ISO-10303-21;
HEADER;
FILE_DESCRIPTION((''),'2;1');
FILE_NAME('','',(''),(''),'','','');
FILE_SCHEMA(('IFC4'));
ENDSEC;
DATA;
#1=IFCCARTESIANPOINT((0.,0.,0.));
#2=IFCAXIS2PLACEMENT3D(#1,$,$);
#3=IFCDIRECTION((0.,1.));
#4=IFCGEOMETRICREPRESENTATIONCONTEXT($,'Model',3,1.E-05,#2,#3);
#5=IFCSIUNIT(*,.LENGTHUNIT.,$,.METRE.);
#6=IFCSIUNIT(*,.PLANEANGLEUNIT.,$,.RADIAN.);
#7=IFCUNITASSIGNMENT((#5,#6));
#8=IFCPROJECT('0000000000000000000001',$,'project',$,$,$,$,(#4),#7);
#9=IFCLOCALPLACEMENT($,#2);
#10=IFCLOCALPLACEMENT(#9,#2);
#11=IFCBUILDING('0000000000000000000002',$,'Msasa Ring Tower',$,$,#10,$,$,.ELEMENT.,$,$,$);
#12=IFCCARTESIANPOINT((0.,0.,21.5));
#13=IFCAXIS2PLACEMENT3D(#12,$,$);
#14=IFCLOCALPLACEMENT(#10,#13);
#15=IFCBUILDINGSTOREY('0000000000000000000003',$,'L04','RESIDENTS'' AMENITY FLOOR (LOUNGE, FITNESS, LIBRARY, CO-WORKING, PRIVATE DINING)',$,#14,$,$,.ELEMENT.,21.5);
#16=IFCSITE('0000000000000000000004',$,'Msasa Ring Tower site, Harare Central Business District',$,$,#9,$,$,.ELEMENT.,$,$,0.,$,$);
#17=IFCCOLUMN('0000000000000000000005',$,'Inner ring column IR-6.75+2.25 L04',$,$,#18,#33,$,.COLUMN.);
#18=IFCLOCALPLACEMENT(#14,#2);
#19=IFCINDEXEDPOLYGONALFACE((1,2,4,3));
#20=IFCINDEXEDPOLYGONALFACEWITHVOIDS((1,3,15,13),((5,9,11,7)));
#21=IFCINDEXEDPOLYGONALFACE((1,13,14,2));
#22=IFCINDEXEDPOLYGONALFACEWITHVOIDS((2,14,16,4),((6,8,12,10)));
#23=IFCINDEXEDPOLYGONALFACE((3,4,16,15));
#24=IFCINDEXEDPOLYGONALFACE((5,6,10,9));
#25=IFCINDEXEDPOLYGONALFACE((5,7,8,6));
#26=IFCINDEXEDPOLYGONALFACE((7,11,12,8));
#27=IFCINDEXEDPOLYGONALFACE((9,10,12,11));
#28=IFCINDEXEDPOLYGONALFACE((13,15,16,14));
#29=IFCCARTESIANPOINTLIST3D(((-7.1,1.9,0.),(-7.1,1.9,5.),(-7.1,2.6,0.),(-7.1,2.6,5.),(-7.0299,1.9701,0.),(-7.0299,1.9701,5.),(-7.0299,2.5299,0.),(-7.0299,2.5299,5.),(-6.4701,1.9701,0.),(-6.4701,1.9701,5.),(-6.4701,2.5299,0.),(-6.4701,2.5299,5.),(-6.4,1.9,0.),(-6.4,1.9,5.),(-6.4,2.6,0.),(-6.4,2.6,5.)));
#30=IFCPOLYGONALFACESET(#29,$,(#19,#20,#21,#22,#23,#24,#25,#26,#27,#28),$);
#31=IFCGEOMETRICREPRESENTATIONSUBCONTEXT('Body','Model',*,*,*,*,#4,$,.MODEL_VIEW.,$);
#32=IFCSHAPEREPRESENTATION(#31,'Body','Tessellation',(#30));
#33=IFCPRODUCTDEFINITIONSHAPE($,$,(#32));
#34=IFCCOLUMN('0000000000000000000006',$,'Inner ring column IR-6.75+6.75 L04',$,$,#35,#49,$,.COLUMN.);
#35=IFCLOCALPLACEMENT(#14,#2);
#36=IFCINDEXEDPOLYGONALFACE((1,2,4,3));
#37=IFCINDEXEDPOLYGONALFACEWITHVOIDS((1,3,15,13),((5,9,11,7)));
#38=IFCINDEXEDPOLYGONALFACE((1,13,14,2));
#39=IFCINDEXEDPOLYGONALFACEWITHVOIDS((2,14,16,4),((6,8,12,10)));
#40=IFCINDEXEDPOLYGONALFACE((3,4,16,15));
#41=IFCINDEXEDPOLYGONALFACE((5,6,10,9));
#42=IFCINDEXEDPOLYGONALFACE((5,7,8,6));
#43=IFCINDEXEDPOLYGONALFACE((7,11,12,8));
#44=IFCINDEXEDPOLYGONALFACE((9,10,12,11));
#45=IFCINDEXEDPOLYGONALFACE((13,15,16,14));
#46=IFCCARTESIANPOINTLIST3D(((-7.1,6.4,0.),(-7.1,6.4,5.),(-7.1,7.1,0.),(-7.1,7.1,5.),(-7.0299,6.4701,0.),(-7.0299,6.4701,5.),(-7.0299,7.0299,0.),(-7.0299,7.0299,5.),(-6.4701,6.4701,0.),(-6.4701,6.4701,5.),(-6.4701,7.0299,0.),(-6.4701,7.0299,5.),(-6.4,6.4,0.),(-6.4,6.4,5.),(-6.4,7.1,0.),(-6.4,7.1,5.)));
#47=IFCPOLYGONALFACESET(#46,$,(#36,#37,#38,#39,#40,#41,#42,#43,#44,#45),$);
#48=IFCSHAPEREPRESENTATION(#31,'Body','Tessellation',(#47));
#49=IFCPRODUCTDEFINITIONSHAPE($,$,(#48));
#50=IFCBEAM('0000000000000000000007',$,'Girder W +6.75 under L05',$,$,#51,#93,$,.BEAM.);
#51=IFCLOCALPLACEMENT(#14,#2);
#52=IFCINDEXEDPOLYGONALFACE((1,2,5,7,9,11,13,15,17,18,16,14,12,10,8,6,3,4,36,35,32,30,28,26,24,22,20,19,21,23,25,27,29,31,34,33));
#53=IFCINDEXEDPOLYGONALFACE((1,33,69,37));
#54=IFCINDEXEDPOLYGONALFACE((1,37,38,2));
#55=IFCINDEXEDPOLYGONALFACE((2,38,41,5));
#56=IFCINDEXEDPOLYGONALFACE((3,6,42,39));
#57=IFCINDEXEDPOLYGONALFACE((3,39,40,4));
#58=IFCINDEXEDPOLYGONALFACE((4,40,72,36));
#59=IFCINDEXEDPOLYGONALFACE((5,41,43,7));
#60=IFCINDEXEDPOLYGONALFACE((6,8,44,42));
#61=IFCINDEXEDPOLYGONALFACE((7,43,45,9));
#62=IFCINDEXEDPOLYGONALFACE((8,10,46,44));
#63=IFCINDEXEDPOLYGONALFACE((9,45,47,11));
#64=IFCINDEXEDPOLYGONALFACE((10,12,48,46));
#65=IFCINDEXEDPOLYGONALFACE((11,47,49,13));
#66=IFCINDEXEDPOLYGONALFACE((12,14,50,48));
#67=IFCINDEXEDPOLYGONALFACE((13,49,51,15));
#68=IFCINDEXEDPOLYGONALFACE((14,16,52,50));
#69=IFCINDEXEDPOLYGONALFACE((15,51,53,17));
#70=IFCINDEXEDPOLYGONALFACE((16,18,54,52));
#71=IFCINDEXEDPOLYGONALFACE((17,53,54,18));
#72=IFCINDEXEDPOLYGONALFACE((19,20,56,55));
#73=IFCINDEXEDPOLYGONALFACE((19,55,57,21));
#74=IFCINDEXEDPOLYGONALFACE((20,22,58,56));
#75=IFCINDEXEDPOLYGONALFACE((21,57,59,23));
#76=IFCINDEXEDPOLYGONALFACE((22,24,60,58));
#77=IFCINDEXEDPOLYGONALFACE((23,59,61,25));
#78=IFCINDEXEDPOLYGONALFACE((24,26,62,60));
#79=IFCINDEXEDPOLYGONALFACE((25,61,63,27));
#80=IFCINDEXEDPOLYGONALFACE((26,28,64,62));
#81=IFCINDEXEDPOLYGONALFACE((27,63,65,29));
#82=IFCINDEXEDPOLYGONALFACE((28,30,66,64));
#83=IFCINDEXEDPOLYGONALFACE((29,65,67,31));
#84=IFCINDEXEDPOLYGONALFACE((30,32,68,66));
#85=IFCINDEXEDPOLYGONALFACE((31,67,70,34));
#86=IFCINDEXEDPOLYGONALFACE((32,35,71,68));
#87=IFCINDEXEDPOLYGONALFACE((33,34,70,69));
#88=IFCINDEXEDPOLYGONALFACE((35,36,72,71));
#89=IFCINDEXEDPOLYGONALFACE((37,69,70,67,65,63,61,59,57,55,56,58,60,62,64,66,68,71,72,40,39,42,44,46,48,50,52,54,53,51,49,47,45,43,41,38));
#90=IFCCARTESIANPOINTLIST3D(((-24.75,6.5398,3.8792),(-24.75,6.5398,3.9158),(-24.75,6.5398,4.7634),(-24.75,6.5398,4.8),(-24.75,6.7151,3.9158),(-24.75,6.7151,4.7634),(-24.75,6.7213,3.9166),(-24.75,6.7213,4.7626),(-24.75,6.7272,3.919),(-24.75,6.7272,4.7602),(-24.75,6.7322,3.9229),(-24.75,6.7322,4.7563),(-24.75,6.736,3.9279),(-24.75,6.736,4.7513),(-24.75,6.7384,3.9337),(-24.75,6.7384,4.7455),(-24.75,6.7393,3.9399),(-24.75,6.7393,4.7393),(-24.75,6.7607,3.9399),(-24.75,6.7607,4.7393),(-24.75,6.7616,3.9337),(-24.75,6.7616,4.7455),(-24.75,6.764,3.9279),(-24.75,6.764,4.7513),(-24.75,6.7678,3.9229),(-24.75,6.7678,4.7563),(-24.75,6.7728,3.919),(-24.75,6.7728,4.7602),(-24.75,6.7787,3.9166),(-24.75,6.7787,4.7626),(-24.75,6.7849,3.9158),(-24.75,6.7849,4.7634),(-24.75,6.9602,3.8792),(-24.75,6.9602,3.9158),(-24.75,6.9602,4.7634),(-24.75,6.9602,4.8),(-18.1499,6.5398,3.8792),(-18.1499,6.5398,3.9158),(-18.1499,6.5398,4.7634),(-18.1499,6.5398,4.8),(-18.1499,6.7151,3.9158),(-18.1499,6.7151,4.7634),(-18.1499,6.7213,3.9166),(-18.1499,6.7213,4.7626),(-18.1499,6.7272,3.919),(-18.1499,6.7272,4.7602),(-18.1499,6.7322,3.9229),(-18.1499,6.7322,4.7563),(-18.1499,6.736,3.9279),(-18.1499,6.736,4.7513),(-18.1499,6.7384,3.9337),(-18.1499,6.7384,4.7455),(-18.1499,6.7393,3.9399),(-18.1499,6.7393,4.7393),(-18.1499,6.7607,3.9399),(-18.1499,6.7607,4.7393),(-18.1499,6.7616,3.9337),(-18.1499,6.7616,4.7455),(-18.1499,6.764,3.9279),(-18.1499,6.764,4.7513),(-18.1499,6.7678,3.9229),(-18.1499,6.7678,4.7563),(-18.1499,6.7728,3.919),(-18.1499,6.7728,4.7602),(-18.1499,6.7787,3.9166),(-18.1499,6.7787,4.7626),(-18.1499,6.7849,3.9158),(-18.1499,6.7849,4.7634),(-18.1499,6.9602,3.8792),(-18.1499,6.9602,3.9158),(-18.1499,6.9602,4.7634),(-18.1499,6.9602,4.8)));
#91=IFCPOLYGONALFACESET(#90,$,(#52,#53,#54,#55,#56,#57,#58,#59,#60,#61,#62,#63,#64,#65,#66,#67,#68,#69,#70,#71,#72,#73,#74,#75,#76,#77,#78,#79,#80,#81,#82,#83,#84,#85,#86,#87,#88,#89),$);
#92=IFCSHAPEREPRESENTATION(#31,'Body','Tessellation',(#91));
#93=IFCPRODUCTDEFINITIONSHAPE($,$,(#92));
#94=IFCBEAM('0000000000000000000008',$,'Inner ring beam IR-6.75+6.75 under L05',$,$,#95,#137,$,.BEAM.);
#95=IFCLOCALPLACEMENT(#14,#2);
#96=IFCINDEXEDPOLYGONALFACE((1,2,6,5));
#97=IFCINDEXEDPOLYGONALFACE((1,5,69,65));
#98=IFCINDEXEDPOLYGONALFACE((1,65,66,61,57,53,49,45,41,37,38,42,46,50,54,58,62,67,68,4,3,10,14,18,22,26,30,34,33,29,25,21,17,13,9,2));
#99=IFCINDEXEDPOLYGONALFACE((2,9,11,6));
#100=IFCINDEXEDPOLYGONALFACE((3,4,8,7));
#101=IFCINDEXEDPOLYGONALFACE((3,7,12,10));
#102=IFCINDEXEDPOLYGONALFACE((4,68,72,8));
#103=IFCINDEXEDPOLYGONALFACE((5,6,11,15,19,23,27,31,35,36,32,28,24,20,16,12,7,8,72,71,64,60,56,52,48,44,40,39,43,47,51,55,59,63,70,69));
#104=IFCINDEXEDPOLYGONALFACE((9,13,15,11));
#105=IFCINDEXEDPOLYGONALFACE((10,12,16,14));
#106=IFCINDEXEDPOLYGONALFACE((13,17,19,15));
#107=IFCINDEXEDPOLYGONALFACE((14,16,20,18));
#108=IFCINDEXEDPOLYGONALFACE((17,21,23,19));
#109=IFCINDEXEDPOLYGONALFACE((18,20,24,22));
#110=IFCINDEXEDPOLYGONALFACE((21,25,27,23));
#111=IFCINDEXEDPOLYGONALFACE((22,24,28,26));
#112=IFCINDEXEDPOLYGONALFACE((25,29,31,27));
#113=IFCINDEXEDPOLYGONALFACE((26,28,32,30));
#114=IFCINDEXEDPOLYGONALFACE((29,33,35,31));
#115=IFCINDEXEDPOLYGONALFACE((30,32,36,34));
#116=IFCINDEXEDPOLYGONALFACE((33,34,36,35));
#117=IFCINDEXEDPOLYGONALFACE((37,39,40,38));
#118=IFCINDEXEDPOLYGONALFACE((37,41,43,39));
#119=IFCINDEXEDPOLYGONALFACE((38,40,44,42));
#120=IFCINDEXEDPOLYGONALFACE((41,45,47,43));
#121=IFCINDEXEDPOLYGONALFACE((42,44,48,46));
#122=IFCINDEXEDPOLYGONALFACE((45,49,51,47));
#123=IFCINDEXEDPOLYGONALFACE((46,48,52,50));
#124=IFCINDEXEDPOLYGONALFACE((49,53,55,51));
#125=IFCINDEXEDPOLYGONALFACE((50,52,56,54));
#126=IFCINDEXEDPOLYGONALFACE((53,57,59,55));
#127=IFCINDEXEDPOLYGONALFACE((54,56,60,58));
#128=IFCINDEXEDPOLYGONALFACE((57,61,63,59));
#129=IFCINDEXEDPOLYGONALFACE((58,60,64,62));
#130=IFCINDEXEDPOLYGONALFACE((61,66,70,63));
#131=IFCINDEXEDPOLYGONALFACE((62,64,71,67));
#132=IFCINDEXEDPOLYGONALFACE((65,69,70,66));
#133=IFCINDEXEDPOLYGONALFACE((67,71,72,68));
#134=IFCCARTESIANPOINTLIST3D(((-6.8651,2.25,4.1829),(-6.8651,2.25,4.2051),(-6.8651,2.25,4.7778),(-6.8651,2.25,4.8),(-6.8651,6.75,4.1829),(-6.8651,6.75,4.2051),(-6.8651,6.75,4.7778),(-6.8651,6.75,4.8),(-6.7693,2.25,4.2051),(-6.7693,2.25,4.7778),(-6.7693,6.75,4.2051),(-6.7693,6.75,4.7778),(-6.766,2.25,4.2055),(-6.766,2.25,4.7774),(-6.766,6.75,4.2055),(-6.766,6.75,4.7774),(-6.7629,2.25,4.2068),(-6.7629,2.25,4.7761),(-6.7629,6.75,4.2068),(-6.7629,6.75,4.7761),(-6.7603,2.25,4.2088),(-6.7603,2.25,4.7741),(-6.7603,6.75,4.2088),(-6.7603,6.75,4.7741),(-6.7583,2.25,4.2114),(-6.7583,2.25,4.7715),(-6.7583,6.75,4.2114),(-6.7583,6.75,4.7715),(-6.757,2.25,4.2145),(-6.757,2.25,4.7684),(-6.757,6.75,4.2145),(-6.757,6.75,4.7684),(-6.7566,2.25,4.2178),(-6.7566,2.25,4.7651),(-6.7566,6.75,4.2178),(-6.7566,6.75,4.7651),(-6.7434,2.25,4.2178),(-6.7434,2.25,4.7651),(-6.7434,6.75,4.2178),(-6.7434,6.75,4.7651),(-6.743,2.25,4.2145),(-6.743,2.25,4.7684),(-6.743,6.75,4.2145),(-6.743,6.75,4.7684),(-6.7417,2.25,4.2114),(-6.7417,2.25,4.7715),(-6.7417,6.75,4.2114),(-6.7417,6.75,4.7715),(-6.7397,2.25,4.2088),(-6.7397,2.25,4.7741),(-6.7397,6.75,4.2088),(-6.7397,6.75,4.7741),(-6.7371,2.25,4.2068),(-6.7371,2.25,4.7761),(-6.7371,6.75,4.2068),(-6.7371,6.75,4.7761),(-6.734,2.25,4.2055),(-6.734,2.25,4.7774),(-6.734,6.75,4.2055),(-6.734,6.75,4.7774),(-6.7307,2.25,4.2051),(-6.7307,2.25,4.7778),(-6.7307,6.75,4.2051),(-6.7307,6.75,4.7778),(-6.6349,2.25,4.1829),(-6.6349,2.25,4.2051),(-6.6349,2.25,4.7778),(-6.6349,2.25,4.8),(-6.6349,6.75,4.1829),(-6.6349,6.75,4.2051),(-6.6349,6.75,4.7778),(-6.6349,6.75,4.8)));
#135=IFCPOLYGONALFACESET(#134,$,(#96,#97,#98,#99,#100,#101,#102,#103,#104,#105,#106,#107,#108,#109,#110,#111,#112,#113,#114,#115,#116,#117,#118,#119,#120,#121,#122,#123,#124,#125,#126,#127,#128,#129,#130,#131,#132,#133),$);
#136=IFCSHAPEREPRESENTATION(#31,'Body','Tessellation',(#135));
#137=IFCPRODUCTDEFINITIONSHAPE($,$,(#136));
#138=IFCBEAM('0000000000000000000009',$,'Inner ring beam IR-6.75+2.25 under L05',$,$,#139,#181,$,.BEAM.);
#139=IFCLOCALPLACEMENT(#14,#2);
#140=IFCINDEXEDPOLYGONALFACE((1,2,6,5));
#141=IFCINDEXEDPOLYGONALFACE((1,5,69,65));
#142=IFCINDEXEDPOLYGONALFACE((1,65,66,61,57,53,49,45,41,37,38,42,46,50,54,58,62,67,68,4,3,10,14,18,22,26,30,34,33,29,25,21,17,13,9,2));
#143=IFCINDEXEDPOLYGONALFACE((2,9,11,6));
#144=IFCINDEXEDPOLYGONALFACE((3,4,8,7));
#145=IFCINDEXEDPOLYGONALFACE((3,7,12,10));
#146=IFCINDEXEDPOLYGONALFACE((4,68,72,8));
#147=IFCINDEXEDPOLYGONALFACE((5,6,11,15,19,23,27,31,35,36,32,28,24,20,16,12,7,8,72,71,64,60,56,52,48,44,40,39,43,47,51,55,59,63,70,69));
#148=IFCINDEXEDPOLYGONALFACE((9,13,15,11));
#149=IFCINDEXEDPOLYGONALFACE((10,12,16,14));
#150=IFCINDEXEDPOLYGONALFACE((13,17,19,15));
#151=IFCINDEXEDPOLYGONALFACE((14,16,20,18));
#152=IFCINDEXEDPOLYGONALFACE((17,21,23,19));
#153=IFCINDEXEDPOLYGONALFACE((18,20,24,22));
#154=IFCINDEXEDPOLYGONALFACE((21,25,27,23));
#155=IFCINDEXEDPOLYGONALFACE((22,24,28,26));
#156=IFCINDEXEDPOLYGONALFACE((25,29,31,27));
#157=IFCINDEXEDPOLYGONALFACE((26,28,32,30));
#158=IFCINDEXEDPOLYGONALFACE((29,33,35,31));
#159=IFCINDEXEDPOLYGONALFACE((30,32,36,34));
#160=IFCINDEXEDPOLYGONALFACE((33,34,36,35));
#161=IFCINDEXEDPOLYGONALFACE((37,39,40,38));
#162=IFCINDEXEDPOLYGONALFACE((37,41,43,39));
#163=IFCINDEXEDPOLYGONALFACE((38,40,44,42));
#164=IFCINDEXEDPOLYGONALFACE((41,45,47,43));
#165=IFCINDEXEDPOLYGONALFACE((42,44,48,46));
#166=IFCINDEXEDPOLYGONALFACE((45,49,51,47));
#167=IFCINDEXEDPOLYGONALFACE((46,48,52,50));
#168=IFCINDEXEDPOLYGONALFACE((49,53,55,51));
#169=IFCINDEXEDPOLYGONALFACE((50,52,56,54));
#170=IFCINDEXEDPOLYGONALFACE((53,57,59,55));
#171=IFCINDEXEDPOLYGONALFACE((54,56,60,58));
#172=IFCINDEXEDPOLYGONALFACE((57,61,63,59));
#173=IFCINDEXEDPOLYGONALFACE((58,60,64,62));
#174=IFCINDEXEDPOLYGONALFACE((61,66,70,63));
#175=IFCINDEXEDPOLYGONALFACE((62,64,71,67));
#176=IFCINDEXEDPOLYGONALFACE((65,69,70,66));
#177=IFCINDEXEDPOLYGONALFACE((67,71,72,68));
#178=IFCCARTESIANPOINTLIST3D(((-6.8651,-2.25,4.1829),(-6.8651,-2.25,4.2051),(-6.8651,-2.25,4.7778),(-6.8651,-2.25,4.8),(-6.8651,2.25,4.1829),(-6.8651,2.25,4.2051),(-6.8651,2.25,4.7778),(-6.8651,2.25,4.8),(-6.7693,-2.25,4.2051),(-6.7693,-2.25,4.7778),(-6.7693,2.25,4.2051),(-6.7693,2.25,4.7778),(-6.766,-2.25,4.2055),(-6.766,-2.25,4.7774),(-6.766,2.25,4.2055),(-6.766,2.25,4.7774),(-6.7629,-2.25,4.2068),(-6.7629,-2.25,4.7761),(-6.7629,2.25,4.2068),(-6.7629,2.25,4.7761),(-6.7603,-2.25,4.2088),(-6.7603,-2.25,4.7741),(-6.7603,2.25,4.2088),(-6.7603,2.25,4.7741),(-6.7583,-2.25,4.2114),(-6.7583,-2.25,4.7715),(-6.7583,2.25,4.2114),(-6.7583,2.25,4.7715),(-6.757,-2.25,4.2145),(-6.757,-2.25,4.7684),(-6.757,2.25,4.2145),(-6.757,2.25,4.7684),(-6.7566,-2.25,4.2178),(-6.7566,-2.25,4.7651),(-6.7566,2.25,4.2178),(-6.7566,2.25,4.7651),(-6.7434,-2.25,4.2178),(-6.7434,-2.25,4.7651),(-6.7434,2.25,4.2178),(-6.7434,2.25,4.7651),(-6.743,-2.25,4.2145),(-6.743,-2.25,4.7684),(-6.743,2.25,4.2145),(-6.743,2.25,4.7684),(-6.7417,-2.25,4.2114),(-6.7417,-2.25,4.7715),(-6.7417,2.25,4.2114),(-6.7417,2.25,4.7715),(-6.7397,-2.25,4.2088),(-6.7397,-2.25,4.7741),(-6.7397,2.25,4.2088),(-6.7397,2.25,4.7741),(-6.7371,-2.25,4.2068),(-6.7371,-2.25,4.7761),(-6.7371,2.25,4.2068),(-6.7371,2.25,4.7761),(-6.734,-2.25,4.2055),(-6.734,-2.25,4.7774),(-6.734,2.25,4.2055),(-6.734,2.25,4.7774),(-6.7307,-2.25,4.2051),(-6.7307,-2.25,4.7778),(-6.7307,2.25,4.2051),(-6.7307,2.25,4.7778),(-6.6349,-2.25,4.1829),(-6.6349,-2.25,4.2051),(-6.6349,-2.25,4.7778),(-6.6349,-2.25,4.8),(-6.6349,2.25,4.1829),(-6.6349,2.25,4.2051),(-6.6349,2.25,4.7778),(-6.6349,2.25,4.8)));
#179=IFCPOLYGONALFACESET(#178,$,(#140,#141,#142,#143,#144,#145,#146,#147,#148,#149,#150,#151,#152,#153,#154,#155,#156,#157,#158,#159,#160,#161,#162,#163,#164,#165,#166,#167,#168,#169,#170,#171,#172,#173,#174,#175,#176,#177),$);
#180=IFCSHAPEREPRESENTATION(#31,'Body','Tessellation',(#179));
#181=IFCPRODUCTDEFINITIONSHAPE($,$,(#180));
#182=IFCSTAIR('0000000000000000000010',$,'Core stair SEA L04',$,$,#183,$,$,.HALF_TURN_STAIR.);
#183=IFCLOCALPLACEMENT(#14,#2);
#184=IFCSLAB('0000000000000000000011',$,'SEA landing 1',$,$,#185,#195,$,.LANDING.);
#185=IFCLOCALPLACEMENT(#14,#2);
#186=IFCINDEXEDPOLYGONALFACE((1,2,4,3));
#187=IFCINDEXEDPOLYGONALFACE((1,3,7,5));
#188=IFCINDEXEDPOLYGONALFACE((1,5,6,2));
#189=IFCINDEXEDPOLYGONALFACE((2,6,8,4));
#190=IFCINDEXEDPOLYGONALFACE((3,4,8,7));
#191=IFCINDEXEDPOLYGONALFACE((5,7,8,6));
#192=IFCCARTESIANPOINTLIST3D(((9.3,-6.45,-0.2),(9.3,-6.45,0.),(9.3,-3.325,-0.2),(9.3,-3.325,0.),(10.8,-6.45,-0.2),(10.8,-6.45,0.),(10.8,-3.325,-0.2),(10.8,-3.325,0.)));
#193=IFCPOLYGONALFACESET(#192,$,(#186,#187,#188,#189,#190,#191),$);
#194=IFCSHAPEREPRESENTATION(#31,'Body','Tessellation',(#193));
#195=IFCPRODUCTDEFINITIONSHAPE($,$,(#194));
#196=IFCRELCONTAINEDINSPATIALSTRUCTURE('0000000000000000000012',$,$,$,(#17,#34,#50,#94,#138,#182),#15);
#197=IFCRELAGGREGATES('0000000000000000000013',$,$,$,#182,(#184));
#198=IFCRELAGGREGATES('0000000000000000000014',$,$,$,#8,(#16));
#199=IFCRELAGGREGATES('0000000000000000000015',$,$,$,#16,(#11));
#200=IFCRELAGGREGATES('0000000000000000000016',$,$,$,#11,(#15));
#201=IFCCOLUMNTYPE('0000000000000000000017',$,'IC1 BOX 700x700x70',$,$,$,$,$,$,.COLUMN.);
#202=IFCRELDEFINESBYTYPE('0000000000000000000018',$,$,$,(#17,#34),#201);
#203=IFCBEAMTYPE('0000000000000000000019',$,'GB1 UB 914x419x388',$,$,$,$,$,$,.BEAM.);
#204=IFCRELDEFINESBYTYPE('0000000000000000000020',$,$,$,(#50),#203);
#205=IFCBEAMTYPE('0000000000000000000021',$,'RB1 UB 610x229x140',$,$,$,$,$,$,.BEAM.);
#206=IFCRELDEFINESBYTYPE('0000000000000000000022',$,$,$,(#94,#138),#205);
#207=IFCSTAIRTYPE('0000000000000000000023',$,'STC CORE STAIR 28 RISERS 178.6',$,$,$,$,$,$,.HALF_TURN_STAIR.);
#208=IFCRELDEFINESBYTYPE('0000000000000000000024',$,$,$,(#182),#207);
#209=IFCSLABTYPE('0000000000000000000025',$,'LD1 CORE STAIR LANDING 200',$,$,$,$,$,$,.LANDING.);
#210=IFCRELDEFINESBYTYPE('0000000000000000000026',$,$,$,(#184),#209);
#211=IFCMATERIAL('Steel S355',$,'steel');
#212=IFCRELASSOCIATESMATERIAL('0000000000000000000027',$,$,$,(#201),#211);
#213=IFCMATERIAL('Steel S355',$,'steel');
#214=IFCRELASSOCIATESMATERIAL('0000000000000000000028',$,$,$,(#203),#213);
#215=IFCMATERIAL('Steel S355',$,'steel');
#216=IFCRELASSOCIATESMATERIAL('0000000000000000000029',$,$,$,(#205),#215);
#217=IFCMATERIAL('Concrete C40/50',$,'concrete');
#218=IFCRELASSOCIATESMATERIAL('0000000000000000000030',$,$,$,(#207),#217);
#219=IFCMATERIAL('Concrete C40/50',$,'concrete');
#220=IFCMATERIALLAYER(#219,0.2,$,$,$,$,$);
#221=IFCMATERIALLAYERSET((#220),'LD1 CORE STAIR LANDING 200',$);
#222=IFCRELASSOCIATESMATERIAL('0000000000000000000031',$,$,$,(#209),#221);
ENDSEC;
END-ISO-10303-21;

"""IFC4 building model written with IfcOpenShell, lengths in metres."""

from ifc_helpers import new_model, si_unit, direction, frame, origin, origin_2d, place, context, subcontext, project, spatial, polyline, hollow_rectangle, i_section, outline, extrude, material, layer, layer_set, material_profile, profile_set, type_object, element, aggregate, save


model = new_model("IFC4")

# Units and contexts
model_context = context("Model", 3, precision=1e-05, world=origin(), true_north=direction((0.0, 1.0)))
body_context = subcontext(model_context, "Body", "Model", "MODEL_VIEW")
ifc_project = project(units=[si_unit("LENGTHUNIT", "METRE"), si_unit("PLANEANGLEUNIT", "RADIAN")], contexts=[model_context])

# Site, building, storey
site_placement = place(None, origin())
site = spatial("IfcSite", under=ifc_project, at=site_placement, Name="Msasa Ring Tower site, Harare Central Business District", CompositionType="ELEMENT", RefElevation=0.0)
building_placement = place(site_placement, origin())
building = spatial("IfcBuilding", under=site, at=building_placement, Name="Msasa Ring Tower", CompositionType="ELEMENT")
storey_placement = place(building_placement, frame((0.0, 0.0, 21.5)))
storey = spatial("IfcBuildingStorey", under=building, at=storey_placement, Name="L04", Description="RESIDENTS' AMENITY FLOOR (LOUNGE, FITNESS, LIBRARY, CO-WORKING, PRIVATE DINING)", CompositionType="ELEMENT", Elevation=21.5)

# Columns
ifc_material_1 = material(Name="Steel S355", Category="steel")
ifc_material_profile_1 = material_profile(ifc_material_1, hollow_rectangle(XDim=0.7, YDim=0.7, WallThickness=0.0701, at=origin_2d()), Name="BOX 700x700x70")
ifc_profile_set_1 = profile_set([ifc_material_profile_1], Name="Steel S355")
column_type = type_object("IfcColumnType", Name="IC1 BOX 700x700x70", PredefinedType="COLUMN", material=ifc_profile_set_1)
for number, where, z_axis, x_axis, name in (
    (1, (-6.75, 2.25, 0.0), (0.0, 0.0, 1.0), (1.0, 0.0, 0.0), "Inner ring column IR-6.75+2.25 L04"),
    (2, (-6.75, 6.75, 0.0), (0.0, 0.0, 1.0), (1.0, 0.0, 0.0), "Inner ring column IR-6.75+6.75 L04"),
):
    element("IfcColumn", number, at=place(storey_placement, frame(where, z_axis=z_axis, x_axis=x_axis)), inside=storey, type_object=column_type, Name=name, PredefinedType="COLUMN", context=body_context, shape_type="SweptSolid", body=[
        extrude(hollow_rectangle(XDim=0.7, YDim=0.7, WallThickness=0.0701, at=origin_2d()), origin(), (0.0, 0.0, 1.0), 5.0),
    ])

# Beams
ifc_material_2 = material(Name="Steel S355", Category="steel")
ifc_material_profile_2 = material_profile(ifc_material_2, i_section(OverallWidth=0.4204, OverallDepth=0.9209, WebThickness=0.0215, FlangeThickness=0.0366, FilletRadius=0.0242, at=origin_2d()), Name="UB 914x419x388")
ifc_profile_set_2 = profile_set([ifc_material_profile_2], Name="Steel S355")
beam_type_1 = type_object("IfcBeamType", Name="GB1 UB 914x419x388", PredefinedType="BEAM", material=ifc_profile_set_2)
beam_placement = place(storey_placement, frame((-18.1499, 6.75, 4.3396), z_axis=(-1.0, 0.0, 0.0), x_axis=(0.0, -1.0, 0.0)))
element("IfcBeam", 3, at=beam_placement, inside=storey, type_object=beam_type_1, Name="Girder W +6.75 under L05", PredefinedType="BEAM", context=body_context, shape_type="SweptSolid", body=[
    extrude(i_section(OverallWidth=0.4204, OverallDepth=0.9209, WebThickness=0.0215, FlangeThickness=0.0366, FilletRadius=0.0242, at=origin_2d()), origin(), (0.0, 0.0, 1.0), 6.6001),
])
ifc_material_3 = material(Name="Steel S355", Category="steel")
ifc_material_profile_3 = material_profile(ifc_material_3, i_section(OverallWidth=0.2302, OverallDepth=0.6172, WebThickness=0.0132, FlangeThickness=0.0222, FilletRadius=0.0127, at=origin_2d()), Name="UB 610x229x140")
ifc_profile_set_3 = profile_set([ifc_material_profile_3], Name="Steel S355")
beam_type_2 = type_object("IfcBeamType", Name="RB1 UB 610x229x140", PredefinedType="BEAM", material=ifc_profile_set_3)
for number, where, z_axis, x_axis, name in (
    (4, (-6.75, 6.75, 4.4915), (0.0, -1.0, 0.0), (1.0, 0.0, 0.0), "Inner ring beam IR-6.75+6.75 under L05"),
    (5, (-6.75, 2.25, 4.4915), (0.0, -1.0, 0.0), (1.0, 0.0, 0.0), "Inner ring beam IR-6.75+2.25 under L05"),
):
    element("IfcBeam", number, at=place(storey_placement, frame(where, z_axis=z_axis, x_axis=x_axis)), inside=storey, type_object=beam_type_2, Name=name, PredefinedType="BEAM", context=body_context, shape_type="SweptSolid", body=[
        extrude(i_section(OverallWidth=0.2302, OverallDepth=0.6172, WebThickness=0.0132, FlangeThickness=0.0222, FilletRadius=0.0127, at=origin_2d()), origin(), (0.0, 0.0, 1.0), 4.5),
    ])

# Stair, slab
ifc_material_4 = material(Name="Concrete C40/50", Category="concrete")
stair_type = type_object("IfcStairType", Name="STC CORE STAIR 28 RISERS 178.6", PredefinedType="HALF_TURN_STAIR", material=ifc_material_4)
stair_1_placement = place(storey_placement, origin())
stair_1 = element("IfcStair", 6, at=stair_1_placement, inside=storey, type_object=stair_type, Name="Core stair SEA L04", PredefinedType="HALF_TURN_STAIR")
ifc_material_5 = material(Name="Concrete C40/50", Category="concrete")
ifc_layer_1 = layer(ifc_material_5, 0.2)
ifc_layer_set_1 = layer_set([ifc_layer_1], Name="LD1 CORE STAIR LANDING 200")
slab_type_1 = type_object("IfcSlabType", Name="LD1 CORE STAIR LANDING 200", PredefinedType="LANDING", material=ifc_layer_set_1)
slab_1_placement = place(storey_placement, frame((0.0, 0.0, -0.2)))
slab_1 = element("IfcSlab", 7, at=slab_1_placement, type_object=slab_type_1, Name="SEA landing 1", PredefinedType="LANDING", context=body_context, shape_type="SweptSolid", body=[
    extrude(outline(polyline([(9.3, -6.45), (10.8, -6.45), (10.8, -3.325), (9.3, -3.325), (9.3, -6.45)])), origin(), (0.0, 0.0, 1.0), 0.2),
])
aggregate(stair_1, [slab_1])

save(model, "model.ifc")
